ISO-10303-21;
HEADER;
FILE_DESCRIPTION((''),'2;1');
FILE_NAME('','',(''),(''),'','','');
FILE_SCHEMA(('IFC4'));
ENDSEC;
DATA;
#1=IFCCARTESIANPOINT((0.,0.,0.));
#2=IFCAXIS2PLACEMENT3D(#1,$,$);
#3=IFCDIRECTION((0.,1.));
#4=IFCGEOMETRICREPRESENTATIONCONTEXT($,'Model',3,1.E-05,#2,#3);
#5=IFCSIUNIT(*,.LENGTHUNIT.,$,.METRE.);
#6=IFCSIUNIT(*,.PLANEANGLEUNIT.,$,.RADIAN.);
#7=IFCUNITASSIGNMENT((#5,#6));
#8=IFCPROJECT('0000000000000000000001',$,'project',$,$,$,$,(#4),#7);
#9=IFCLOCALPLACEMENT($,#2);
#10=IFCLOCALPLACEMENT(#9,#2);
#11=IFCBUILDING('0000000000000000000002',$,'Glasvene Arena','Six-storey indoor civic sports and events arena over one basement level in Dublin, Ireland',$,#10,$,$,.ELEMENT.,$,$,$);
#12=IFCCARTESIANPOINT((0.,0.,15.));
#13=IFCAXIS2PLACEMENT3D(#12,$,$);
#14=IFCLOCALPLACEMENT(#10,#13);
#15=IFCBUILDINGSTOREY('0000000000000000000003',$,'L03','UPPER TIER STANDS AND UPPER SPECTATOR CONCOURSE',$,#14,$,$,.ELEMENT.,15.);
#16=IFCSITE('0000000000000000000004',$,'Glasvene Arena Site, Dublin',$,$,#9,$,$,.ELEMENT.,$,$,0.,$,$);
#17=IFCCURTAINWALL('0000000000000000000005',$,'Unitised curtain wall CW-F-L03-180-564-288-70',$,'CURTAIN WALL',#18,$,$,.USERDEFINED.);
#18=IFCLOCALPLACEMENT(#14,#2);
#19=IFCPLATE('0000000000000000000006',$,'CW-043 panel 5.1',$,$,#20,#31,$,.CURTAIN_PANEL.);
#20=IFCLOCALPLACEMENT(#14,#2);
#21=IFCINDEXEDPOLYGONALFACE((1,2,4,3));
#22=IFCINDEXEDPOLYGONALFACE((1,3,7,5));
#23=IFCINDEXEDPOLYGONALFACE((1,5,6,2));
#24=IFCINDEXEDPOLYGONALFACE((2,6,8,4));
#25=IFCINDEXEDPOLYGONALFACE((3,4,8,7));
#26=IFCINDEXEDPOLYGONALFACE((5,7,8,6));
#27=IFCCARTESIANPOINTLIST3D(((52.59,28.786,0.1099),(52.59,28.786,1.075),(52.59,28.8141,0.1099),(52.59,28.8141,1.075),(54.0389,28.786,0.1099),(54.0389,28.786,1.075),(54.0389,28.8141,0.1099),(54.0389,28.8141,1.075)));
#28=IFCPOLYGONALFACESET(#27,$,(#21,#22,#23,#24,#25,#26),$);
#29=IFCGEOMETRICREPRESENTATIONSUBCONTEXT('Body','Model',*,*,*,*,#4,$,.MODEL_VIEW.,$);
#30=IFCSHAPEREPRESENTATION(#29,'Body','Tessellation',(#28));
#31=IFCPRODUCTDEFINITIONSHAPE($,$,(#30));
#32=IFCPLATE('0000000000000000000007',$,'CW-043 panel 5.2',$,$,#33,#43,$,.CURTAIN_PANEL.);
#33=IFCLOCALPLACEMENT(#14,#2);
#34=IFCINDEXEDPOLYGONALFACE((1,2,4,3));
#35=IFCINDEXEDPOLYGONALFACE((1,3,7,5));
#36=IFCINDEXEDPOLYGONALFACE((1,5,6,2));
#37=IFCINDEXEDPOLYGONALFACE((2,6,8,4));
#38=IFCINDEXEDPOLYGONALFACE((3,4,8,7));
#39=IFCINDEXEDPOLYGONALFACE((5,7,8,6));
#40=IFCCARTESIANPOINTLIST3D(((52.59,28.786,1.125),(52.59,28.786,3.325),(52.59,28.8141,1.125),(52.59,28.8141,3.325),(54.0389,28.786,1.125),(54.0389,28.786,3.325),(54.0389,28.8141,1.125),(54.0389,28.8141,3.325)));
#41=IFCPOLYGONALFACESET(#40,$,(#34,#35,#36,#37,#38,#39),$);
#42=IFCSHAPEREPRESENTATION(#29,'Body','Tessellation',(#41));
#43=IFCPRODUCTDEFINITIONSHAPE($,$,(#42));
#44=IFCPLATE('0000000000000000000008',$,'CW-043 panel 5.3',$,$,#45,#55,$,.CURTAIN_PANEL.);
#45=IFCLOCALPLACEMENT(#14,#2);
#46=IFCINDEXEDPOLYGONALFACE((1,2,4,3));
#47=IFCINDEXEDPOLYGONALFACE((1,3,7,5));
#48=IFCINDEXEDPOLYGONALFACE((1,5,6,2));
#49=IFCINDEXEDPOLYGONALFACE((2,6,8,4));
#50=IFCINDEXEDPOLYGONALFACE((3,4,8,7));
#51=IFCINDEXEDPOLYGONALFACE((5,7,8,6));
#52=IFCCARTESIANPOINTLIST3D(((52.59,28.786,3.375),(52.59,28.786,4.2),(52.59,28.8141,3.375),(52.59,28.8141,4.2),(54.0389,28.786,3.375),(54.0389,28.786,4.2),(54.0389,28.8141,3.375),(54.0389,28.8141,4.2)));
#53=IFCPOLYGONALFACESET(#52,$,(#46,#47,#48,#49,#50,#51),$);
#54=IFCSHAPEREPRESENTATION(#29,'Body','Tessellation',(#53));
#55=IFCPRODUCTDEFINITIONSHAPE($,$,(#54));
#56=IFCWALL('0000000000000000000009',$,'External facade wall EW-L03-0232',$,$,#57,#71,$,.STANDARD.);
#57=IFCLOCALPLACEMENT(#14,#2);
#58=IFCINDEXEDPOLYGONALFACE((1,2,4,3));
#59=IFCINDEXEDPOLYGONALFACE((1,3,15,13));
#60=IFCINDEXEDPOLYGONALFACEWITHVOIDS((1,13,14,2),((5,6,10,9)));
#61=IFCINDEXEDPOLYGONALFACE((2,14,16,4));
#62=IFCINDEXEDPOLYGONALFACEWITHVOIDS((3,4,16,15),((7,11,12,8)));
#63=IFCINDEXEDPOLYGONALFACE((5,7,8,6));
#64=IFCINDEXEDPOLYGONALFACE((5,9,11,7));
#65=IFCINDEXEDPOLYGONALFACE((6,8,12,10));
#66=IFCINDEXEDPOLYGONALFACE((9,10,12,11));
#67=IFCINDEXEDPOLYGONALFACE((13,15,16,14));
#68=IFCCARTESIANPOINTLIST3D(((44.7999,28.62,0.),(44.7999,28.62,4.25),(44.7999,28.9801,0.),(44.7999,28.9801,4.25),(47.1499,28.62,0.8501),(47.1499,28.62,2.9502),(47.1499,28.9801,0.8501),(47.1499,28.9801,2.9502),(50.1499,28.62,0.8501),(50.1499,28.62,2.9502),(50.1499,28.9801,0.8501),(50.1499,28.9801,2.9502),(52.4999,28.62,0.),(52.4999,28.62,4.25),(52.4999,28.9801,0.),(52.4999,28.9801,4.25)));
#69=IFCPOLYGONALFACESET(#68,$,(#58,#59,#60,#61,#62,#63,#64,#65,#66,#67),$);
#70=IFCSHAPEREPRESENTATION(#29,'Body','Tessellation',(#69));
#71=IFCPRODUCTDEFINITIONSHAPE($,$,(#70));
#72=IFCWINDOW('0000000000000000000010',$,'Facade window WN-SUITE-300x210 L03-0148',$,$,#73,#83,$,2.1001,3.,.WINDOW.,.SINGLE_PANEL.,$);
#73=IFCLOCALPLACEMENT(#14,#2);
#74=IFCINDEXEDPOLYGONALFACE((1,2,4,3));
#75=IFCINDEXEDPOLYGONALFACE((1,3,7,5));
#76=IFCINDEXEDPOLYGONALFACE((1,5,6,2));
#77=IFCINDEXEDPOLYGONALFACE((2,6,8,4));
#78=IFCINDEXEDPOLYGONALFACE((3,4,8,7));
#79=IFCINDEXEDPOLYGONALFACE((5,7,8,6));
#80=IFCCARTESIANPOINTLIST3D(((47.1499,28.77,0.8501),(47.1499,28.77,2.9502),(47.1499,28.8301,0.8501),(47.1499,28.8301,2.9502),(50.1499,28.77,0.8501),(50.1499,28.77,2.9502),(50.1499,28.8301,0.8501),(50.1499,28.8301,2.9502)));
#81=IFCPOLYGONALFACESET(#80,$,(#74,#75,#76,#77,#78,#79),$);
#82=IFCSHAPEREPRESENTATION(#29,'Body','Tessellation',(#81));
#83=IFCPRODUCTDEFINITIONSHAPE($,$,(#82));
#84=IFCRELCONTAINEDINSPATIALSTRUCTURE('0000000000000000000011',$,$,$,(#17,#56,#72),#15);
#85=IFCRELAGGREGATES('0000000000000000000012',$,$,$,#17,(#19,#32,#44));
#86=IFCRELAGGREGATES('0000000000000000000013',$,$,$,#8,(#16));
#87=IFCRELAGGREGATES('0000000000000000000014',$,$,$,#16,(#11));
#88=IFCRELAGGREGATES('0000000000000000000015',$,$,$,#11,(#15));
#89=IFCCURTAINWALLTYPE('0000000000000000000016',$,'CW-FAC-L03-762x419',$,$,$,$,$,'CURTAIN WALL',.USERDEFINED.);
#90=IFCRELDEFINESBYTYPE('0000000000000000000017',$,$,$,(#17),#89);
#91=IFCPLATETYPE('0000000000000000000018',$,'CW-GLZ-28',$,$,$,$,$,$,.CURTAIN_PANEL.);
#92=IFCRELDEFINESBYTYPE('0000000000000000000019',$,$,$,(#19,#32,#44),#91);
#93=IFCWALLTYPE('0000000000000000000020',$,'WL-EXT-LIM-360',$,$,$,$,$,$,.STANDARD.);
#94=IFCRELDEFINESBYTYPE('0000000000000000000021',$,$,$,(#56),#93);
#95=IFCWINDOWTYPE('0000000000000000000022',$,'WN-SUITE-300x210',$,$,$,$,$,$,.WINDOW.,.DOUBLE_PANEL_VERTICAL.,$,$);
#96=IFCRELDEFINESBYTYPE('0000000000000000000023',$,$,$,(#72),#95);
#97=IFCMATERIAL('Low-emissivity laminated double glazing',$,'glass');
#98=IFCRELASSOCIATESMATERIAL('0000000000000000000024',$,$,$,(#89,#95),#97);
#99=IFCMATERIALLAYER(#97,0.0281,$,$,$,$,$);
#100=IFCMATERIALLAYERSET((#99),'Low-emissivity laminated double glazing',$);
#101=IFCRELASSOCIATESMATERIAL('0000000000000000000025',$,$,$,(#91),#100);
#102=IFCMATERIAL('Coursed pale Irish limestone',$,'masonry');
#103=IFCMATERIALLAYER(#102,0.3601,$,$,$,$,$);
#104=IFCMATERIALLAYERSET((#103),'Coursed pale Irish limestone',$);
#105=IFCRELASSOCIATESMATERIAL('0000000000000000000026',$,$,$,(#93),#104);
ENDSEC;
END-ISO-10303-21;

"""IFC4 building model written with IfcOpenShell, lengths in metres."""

from ifc_helpers import new_model, si_unit, direction, frame, frame_2d, origin, origin_2d, place, context, subcontext, project, spatial, rectangle, extrude, material, layer, layer_set, type_object, element, fill, aggregate, save


model = new_model("IFC4")

# Units and contexts
model_context = context("Model", 3, precision=1e-05, world=origin(), true_north=direction((0.0, 1.0)))
body_context = subcontext(model_context, "Body", "Model", "MODEL_VIEW")
ifc_project = project(units=[si_unit("LENGTHUNIT", "METRE"), si_unit("PLANEANGLEUNIT", "RADIAN")], contexts=[model_context])

# Site, building, storey
site_placement = place(None, origin())
site = spatial("IfcSite", under=ifc_project, at=site_placement, Name="Glasvene Arena Site, Dublin", CompositionType="ELEMENT", RefElevation=0.0)
building_placement = place(site_placement, origin())
building = spatial("IfcBuilding", under=site, at=building_placement, Name="Glasvene Arena", Description="Six-storey indoor civic sports and events arena over one basement level in Dublin, Ireland", CompositionType="ELEMENT")
storey_placement = place(building_placement, frame((0.0, 0.0, 15.0)))
storey = spatial("IfcBuildingStorey", under=building, at=storey_placement, Name="L03", Description="UPPER TIER STANDS AND UPPER SPECTATOR CONCOURSE", CompositionType="ELEMENT", Elevation=15.0)

# Curtain wall, plates
ifc_material_1 = material(Name="Low-emissivity laminated double glazing", Category="glass")
curtain_wall_type = type_object("IfcCurtainWallType", Name="CW-FAC-L03-762x419", ElementType="CURTAIN WALL", PredefinedType="USERDEFINED", material=ifc_material_1)
curtain_wall_placement = place(storey_placement, frame((60.1599, 28.8, 0.0)))
curtain_wall = element("IfcCurtainWall", 1, at=curtain_wall_placement, inside=storey, type_object=curtain_wall_type, Name="Unitised curtain wall CW-F-L03-180-564-288-70", ObjectType="CURTAIN WALL", PredefinedType="USERDEFINED")
ifc_layer_1 = layer(ifc_material_1, 0.0281)
ifc_layer_set_1 = layer_set([ifc_layer_1], Name="Low-emissivity laminated double glazing")
plate_type = type_object("IfcPlateType", Name="CW-GLZ-28", PredefinedType="CURTAIN_PANEL", material=ifc_layer_set_1)
plate_1_placement = place(storey_placement, frame((53.3145, 28.8, 0.1099), z_axis=(0.0, 0.0, 1.0), x_axis=(-1.0, 0.0, 0.0)))
plate_1 = element("IfcPlate", 2, at=plate_1_placement, type_object=plate_type, Name="CW-043 panel 5.1", PredefinedType="CURTAIN_PANEL", context=body_context, shape_type="SweptSolid", body=[
    extrude(rectangle(XDim=1.449, YDim=0.0281, at=origin_2d()), origin(), (0.0, 0.0, 1.0), 0.9651),
])
plate_2_placement = place(storey_placement, frame((53.3145, 28.8, 1.125), z_axis=(0.0, 0.0, 1.0), x_axis=(-1.0, 0.0, 0.0)))
plate_2 = element("IfcPlate", 3, at=plate_2_placement, type_object=plate_type, Name="CW-043 panel 5.2", PredefinedType="CURTAIN_PANEL", context=body_context, shape_type="SweptSolid", body=[
    extrude(rectangle(XDim=1.449, YDim=0.0281, at=origin_2d()), origin(), (0.0, 0.0, 1.0), 2.2),
])
plate_3_placement = place(storey_placement, frame((53.3145, 28.8, 3.375), z_axis=(0.0, 0.0, 1.0), x_axis=(-1.0, 0.0, 0.0)))
plate_3 = element("IfcPlate", 4, at=plate_3_placement, type_object=plate_type, Name="CW-043 panel 5.3", PredefinedType="CURTAIN_PANEL", context=body_context, shape_type="SweptSolid", body=[
    extrude(rectangle(XDim=1.449, YDim=0.0281, at=origin_2d()), origin(), (0.0, 0.0, 1.0), 0.825),
])
aggregate(curtain_wall, [plate_1, plate_2, plate_3])

# Wall, opening, window
ifc_material_2 = material(Name="Coursed pale Irish limestone", Category="masonry")
ifc_layer_2 = layer(ifc_material_2, 0.3601)
ifc_layer_set_2 = layer_set([ifc_layer_2], Name="Coursed pale Irish limestone")
wall_type = type_object("IfcWallType", Name="WL-EXT-LIM-360", PredefinedType="STANDARD", material=ifc_layer_set_2)
wall_placement = place(storey_placement, frame((52.5, 28.8, 0.0), z_axis=(0.0, 0.0, 1.0), x_axis=(-1.0, 0.0, 0.0)))
wall = element("IfcWall", 5, at=wall_placement, inside=storey, type_object=wall_type, Name="External facade wall EW-L03-0232", PredefinedType="STANDARD", context=body_context, shape_type="SweptSolid", body=[
    extrude(rectangle(XDim=7.7, YDim=0.3601, at=frame_2d((3.8501, 0.0))), origin(), (0.0, 0.0, 1.0), 4.25),
])
opening_placement = place(wall_placement, frame((2.3501, 0.0, 0.8501)))
opening = element("IfcOpeningElement", 6, at=opening_placement, cuts=wall, PredefinedType="OPENING", context=body_context, shape_type="SweptSolid", body=[
    extrude(rectangle(XDim=3.0, YDim=2.1001, at=frame_2d((1.5, 1.05))), frame((0.0, 0.1899, 0.0), z_axis=(0.0, -1.0, 0.0), x_axis=(1.0, 0.0, 0.0)), (0.0, 0.0, 1.0), 0.3801),
])
window_type = type_object("IfcWindowType", Name="WN-SUITE-300x210", PartitioningType="DOUBLE_PANEL_VERTICAL", PredefinedType="WINDOW", material=ifc_material_1)
window_placement = place(opening_placement, origin())
window = element("IfcWindow", 7, at=window_placement, inside=storey, type_object=window_type, Name="Facade window WN-SUITE-300x210 L03-0148", OverallHeight=2.1001, OverallWidth=3.0, PartitioningType="SINGLE_PANEL", PredefinedType="WINDOW", context=body_context, shape_type="SweptSolid", body=[
    extrude(rectangle(XDim=3.0, YDim=2.1001, at=frame_2d((1.5, 1.05))), frame((0.0, 0.03, 0.0), z_axis=(0.0, -1.0, 0.0), x_axis=(1.0, 0.0, 0.0)), (0.0, 0.0, 1.0), 0.0601),
])
fill(opening, window)

save(model, "model.ifc")
